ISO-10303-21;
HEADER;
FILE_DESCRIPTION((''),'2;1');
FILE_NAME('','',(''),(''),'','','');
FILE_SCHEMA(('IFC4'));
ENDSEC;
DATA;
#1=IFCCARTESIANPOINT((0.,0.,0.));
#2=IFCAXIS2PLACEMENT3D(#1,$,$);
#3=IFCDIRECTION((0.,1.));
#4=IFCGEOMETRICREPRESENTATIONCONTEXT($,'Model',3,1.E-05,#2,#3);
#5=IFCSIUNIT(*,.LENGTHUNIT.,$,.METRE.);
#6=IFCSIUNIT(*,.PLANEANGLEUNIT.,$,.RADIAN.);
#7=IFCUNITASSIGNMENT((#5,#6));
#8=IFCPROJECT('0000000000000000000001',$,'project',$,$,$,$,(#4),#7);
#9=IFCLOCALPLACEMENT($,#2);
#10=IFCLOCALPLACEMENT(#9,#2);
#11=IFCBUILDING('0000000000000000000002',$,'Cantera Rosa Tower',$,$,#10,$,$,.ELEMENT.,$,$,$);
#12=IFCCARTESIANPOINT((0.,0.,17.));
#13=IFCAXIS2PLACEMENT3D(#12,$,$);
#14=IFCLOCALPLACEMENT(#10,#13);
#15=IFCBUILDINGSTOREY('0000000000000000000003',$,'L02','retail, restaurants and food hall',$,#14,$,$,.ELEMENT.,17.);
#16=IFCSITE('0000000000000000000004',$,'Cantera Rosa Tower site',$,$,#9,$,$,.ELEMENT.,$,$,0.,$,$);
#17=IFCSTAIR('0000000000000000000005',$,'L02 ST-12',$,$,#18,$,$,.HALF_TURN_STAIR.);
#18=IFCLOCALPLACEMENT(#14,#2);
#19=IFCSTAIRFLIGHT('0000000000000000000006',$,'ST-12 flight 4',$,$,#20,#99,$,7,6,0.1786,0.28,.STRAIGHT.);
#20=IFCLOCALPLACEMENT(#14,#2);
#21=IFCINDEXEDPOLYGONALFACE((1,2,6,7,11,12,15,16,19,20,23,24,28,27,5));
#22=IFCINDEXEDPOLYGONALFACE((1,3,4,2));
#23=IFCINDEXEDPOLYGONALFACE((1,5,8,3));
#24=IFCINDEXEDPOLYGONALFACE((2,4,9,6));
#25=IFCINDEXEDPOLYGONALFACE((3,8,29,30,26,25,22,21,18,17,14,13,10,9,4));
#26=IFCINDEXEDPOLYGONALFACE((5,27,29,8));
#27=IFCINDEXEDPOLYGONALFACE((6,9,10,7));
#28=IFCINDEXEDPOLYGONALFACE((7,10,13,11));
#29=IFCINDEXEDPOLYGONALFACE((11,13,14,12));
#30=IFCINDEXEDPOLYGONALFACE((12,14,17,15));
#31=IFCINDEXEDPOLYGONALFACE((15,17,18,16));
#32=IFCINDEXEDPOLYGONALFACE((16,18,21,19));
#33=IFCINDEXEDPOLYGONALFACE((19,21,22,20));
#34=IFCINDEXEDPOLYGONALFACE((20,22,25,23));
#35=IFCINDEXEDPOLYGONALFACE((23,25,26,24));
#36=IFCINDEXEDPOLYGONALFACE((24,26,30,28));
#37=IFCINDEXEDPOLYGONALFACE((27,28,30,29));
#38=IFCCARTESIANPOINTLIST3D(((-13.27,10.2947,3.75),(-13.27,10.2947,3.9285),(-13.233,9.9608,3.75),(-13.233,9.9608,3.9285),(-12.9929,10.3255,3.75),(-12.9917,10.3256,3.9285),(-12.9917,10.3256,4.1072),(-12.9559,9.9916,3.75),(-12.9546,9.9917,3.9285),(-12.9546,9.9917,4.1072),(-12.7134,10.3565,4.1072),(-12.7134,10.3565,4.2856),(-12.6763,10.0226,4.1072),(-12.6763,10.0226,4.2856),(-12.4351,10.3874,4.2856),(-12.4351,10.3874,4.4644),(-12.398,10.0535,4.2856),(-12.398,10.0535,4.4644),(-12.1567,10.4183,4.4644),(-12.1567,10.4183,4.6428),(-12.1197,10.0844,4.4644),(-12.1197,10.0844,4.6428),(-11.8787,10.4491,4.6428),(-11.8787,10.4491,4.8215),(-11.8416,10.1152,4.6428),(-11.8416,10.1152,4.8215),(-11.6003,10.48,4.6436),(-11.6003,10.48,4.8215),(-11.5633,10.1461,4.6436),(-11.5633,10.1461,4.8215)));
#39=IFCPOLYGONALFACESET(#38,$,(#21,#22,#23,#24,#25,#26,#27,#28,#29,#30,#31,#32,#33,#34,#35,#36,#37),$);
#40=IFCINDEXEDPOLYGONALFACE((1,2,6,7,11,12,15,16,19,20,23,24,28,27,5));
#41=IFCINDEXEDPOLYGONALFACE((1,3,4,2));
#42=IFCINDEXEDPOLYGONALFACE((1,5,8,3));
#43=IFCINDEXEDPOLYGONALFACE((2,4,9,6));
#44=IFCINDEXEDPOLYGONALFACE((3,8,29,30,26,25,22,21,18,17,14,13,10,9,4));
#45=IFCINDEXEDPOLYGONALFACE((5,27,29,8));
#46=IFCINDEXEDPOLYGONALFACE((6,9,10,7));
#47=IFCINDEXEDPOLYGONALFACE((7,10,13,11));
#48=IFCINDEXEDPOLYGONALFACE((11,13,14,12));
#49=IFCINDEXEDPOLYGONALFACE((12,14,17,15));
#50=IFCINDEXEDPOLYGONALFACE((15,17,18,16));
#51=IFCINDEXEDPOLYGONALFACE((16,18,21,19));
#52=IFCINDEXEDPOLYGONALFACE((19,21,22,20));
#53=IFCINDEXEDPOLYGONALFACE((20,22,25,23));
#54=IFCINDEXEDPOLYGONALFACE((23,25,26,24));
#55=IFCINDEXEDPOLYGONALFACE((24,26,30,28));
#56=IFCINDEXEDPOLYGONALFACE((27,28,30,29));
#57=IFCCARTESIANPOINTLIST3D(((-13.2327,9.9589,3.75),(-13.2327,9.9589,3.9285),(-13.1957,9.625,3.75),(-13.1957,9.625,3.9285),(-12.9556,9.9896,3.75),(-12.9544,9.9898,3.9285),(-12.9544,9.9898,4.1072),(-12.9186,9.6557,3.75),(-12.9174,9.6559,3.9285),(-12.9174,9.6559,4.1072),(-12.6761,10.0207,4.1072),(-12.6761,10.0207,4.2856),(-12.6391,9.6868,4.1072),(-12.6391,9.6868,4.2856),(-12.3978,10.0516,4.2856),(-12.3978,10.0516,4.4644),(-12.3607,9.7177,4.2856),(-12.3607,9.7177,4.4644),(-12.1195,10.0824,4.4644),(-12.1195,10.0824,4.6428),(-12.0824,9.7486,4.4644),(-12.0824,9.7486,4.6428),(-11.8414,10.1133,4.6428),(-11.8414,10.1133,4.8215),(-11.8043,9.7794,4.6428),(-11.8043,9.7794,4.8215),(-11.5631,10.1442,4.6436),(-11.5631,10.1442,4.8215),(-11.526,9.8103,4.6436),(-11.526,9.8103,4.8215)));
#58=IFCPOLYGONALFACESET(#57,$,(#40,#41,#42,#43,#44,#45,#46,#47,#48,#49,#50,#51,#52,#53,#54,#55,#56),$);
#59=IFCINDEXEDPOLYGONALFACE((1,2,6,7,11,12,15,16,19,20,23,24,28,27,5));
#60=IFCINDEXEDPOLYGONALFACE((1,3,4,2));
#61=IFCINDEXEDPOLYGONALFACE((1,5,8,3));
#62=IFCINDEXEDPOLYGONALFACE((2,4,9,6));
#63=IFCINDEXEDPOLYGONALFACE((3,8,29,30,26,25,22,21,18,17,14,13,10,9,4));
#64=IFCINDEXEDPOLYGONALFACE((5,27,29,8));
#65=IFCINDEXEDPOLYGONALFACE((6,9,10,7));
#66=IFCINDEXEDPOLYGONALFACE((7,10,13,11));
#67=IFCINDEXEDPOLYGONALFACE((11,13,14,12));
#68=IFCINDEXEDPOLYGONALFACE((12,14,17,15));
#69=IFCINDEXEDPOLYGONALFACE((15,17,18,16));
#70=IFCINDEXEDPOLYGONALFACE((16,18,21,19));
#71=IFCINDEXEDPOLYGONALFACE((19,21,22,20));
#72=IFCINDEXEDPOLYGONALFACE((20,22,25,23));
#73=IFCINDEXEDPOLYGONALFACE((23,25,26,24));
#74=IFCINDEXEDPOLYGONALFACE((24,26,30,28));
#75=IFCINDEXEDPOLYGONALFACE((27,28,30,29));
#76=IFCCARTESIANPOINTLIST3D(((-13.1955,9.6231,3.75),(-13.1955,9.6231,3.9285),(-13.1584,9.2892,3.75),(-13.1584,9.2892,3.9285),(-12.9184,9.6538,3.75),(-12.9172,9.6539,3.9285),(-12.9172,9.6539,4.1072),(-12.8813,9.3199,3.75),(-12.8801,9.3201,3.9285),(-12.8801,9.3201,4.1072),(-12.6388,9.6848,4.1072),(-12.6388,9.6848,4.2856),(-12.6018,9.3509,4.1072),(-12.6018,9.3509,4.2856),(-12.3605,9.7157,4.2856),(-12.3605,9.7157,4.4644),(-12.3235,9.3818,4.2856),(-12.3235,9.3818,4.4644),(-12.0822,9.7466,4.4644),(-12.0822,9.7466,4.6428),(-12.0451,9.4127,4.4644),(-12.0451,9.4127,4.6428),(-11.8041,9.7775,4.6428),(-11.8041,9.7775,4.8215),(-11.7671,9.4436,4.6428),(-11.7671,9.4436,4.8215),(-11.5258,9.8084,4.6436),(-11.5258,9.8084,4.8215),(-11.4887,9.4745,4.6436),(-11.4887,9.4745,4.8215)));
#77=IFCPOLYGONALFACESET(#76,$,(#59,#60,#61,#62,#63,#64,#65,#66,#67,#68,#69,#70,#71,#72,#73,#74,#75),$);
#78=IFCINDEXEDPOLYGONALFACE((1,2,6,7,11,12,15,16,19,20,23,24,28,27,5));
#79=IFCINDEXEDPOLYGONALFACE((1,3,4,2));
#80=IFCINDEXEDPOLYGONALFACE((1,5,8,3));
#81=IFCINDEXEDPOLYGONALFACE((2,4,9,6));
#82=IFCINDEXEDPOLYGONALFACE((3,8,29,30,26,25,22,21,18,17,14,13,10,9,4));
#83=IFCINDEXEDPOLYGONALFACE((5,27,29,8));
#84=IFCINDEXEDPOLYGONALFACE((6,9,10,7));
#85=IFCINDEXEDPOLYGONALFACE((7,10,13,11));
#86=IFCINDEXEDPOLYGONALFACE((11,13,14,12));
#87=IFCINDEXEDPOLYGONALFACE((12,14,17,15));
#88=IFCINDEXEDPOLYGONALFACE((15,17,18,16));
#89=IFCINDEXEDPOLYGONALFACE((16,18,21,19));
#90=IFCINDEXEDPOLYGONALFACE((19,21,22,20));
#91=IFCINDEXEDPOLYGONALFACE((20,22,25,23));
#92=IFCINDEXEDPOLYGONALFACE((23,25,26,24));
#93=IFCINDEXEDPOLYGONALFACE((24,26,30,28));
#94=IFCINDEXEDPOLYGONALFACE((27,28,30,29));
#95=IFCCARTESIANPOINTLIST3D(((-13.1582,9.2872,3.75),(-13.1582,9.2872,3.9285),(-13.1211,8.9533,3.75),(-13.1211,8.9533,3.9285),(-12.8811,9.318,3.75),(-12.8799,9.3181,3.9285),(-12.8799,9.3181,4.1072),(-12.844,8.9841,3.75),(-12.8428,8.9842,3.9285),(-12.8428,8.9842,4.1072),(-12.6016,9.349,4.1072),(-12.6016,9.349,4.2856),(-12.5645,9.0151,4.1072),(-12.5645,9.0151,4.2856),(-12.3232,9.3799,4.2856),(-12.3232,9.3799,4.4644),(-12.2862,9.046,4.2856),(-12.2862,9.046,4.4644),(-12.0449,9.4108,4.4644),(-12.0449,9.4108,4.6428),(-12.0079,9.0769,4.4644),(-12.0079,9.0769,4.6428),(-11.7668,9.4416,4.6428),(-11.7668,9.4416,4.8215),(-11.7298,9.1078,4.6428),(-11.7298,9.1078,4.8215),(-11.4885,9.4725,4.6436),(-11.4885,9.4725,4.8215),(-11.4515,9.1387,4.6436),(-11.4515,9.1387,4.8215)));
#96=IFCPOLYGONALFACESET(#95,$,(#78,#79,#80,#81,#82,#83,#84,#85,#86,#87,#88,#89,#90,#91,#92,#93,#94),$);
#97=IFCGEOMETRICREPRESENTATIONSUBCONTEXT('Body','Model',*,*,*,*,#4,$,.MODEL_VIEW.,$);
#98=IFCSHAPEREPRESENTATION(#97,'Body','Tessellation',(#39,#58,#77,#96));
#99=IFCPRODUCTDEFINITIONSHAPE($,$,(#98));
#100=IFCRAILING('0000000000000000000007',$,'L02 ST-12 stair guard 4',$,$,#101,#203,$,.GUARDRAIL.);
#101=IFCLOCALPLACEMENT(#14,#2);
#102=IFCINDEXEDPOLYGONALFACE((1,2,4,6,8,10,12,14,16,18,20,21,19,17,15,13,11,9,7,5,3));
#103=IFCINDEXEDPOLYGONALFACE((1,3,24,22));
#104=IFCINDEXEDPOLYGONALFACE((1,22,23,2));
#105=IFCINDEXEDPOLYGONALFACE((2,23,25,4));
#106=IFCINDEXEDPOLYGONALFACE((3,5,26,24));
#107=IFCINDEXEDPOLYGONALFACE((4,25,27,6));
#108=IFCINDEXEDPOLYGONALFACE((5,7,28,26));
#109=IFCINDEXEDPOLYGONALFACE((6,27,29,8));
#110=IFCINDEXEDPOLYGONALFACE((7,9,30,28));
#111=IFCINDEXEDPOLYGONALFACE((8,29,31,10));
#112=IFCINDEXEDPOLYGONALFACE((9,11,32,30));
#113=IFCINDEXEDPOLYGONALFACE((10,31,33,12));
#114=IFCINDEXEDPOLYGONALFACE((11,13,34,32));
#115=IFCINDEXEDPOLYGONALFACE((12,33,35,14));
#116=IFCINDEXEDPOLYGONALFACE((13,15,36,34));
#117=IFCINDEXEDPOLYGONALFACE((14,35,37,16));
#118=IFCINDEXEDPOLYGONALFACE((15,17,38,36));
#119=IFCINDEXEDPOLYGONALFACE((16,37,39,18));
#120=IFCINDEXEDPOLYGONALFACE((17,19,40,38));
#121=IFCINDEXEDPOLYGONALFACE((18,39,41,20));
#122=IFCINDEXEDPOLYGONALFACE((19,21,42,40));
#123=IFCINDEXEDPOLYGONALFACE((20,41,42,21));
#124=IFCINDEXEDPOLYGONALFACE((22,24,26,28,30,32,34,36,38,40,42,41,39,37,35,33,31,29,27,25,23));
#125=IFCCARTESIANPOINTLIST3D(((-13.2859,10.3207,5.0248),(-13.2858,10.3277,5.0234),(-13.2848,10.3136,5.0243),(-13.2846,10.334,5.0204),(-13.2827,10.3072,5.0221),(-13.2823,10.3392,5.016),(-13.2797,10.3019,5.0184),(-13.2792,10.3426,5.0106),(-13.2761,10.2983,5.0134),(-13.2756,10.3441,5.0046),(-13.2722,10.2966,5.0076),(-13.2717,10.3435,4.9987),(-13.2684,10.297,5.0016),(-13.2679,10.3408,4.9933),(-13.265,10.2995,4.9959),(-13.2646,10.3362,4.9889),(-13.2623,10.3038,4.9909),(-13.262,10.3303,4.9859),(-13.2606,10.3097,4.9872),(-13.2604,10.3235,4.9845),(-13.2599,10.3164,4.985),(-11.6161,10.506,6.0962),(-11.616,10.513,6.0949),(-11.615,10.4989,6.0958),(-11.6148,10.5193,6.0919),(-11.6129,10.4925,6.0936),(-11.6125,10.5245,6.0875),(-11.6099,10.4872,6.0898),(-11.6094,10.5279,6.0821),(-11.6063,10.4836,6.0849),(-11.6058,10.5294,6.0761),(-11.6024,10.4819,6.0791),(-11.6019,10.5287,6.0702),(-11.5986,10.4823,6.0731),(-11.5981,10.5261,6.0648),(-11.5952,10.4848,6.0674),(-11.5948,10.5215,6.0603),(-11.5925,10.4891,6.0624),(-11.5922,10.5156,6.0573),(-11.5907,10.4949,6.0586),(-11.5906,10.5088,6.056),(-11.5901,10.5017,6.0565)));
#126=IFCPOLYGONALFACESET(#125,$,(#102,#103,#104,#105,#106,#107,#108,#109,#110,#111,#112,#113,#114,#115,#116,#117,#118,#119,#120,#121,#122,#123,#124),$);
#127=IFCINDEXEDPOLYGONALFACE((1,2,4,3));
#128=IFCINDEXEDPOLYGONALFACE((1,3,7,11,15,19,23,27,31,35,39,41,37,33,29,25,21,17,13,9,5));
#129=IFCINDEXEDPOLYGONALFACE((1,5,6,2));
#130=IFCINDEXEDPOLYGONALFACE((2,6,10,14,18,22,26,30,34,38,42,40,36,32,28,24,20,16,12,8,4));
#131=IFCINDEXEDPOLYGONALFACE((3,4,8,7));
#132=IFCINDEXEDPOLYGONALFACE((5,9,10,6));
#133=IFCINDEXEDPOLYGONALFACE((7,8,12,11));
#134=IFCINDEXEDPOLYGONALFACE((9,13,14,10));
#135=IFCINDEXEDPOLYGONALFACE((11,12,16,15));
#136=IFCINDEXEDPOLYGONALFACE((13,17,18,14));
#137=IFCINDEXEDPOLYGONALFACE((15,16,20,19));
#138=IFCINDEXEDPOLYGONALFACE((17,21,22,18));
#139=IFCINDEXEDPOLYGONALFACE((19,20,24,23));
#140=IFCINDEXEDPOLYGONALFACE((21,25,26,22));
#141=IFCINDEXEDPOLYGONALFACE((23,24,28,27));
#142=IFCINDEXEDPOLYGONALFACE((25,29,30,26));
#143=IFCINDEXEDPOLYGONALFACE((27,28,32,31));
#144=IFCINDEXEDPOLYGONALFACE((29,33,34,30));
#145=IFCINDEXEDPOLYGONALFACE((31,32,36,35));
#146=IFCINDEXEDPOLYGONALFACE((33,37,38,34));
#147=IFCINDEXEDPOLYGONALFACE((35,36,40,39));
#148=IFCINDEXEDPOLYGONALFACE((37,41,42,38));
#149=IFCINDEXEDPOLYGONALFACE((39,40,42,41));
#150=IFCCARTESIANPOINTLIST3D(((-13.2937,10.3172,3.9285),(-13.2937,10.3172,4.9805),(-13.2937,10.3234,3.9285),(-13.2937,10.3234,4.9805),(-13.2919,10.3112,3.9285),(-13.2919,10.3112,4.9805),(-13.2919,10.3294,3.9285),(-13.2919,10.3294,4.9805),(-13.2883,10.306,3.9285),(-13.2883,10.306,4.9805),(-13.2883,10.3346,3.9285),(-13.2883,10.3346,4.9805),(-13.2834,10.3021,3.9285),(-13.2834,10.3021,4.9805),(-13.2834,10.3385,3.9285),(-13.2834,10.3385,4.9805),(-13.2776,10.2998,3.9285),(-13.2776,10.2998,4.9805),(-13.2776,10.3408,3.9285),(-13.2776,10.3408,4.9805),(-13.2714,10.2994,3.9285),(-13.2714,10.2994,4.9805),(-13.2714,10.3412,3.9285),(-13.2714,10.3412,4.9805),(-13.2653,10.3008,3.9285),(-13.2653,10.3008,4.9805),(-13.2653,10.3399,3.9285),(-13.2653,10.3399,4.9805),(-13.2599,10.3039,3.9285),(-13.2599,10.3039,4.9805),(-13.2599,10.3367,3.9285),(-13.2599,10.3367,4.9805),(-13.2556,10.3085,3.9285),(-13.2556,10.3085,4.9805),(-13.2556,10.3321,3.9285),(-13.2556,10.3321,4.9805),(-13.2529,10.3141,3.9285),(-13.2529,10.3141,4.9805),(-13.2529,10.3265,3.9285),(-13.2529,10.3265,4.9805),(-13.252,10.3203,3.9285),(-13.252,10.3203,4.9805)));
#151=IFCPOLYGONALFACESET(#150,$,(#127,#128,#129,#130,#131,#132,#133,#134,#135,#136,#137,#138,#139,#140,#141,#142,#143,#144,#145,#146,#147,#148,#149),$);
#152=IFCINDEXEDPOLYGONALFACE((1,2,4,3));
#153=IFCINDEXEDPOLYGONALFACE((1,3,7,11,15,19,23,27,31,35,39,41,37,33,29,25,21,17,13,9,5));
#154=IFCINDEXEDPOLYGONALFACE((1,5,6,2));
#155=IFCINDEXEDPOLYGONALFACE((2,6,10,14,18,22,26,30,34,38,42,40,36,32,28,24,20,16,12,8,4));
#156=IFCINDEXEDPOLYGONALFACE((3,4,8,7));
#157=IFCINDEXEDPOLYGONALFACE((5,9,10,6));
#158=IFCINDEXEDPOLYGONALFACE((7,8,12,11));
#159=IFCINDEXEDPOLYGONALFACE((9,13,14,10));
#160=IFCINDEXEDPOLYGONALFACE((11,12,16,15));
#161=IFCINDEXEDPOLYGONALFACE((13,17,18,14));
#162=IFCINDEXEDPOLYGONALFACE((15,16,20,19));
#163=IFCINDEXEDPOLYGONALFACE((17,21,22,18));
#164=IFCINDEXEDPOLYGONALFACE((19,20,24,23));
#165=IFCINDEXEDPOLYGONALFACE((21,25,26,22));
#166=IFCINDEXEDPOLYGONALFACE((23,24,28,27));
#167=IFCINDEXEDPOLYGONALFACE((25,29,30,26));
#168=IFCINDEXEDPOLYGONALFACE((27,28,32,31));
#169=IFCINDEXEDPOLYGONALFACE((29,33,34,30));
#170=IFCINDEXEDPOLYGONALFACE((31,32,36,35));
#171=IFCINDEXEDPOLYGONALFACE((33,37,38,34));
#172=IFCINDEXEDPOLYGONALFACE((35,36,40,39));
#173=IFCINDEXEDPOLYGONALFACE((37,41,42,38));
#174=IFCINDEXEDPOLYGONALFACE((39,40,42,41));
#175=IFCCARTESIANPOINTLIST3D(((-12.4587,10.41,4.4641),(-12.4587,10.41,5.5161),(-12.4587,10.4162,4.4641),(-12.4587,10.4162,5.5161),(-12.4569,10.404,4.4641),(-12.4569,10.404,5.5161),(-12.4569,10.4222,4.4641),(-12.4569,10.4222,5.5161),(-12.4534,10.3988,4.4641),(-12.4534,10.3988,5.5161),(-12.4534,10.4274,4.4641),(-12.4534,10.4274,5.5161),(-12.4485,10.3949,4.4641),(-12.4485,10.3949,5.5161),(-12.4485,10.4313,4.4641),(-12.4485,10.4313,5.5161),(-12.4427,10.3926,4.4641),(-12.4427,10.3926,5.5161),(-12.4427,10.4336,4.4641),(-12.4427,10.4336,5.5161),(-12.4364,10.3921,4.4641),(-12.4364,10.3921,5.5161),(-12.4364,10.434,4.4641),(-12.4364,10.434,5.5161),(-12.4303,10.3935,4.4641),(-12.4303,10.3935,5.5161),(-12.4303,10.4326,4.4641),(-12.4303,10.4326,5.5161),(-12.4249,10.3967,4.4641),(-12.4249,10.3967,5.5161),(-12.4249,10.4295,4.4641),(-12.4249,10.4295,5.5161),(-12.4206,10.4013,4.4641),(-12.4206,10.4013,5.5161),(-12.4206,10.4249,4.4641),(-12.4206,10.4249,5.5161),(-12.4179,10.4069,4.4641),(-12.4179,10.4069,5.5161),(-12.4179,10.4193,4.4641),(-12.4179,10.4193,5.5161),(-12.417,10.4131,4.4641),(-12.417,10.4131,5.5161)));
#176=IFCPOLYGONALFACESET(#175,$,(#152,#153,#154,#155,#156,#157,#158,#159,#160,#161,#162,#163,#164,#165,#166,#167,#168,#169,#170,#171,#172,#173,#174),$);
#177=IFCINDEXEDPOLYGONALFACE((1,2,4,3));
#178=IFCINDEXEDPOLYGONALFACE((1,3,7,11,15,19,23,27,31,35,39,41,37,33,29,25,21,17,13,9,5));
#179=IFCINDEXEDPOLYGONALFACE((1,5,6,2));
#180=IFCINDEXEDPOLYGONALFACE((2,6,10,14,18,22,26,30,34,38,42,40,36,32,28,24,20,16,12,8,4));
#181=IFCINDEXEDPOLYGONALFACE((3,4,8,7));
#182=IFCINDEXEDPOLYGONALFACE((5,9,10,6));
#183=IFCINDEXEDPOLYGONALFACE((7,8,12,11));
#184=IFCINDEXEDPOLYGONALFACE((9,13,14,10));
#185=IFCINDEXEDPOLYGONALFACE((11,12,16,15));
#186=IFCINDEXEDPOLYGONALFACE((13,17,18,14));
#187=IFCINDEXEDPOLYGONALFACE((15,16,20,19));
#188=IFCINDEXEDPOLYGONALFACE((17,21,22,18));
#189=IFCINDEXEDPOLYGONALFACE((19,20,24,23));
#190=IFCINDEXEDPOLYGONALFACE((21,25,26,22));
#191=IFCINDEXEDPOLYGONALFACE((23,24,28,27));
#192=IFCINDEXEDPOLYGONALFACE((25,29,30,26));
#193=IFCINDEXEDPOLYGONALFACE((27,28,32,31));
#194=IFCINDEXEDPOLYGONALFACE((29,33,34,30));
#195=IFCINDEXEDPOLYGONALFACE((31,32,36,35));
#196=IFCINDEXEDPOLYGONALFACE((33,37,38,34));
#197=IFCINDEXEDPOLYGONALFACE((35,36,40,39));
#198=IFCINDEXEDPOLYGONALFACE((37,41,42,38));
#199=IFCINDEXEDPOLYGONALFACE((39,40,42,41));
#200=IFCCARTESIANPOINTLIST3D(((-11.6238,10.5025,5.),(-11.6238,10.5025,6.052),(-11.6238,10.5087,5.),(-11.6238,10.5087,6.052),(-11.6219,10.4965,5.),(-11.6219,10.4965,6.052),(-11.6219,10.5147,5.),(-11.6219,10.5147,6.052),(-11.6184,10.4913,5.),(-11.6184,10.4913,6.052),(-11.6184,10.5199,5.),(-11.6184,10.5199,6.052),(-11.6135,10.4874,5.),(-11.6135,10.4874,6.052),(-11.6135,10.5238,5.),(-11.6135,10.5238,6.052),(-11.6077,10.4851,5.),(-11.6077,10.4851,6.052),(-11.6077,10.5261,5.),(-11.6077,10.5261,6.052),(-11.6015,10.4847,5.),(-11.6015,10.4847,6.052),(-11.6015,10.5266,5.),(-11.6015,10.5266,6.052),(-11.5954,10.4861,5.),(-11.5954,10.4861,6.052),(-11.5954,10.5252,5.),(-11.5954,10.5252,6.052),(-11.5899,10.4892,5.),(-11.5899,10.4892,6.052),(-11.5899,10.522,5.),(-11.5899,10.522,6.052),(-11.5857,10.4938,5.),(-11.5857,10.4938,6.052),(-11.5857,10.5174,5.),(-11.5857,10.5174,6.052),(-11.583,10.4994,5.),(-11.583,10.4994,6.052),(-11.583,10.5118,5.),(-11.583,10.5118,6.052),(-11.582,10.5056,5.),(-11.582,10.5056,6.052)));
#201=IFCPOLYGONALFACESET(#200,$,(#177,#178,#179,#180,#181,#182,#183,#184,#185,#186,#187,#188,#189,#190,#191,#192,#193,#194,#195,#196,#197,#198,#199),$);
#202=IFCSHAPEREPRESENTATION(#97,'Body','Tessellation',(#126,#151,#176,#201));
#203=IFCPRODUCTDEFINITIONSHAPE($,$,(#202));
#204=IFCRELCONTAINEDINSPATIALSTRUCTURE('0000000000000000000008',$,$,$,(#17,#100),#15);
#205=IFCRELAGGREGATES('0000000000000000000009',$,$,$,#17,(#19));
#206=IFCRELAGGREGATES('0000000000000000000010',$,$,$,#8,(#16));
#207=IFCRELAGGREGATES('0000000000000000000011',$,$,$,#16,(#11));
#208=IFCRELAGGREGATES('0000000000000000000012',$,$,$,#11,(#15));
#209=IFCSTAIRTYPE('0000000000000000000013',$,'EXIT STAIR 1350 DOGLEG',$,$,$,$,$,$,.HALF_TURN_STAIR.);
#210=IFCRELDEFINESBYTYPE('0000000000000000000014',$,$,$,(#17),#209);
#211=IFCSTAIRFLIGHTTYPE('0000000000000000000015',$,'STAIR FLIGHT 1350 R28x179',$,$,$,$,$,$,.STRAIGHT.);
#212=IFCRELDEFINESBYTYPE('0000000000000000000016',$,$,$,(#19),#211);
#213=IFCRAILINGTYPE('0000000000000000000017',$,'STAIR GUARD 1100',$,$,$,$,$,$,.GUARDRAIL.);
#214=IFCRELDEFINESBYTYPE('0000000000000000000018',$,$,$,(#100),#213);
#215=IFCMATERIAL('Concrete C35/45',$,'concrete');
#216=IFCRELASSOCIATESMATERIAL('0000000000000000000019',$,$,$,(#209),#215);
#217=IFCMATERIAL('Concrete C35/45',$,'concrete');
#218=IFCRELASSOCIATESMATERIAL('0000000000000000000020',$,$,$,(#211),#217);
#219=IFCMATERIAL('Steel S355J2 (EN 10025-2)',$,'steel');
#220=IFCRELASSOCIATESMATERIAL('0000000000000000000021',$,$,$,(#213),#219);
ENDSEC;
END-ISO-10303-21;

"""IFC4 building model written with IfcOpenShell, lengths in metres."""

from ifc_helpers import new_model, si_unit, direction, frame, origin, origin_2d, place, context, subcontext, project, spatial, polyline, circle, outline, extrude, material, type_object, element, aggregate, save


model = new_model("IFC4")

# Units and contexts
model_context = context("Model", 3, precision=1e-05, world=origin(), true_north=direction((0.0, 1.0)))
body_context = subcontext(model_context, "Body", "Model", "MODEL_VIEW")
ifc_project = project(units=[si_unit("LENGTHUNIT", "METRE"), si_unit("PLANEANGLEUNIT", "RADIAN")], contexts=[model_context])

# Site, building, storey
site_placement = place(None, origin())
site = spatial("IfcSite", under=ifc_project, at=site_placement, Name="Cantera Rosa Tower site", CompositionType="ELEMENT", RefElevation=0.0)
building_placement = place(site_placement, origin())
building = spatial("IfcBuilding", under=site, at=building_placement, Name="Cantera Rosa Tower", CompositionType="ELEMENT")
storey_placement = place(building_placement, frame((0.0, 0.0, 17.0)))
storey = spatial("IfcBuildingStorey", under=building, at=storey_placement, Name="L02", Description="retail, restaurants and food hall", CompositionType="ELEMENT", Elevation=17.0)

# Stair, stair flight
ifc_material_1 = material(Name="Concrete C35/45", Category="concrete")
stair_type = type_object("IfcStairType", Name="EXIT STAIR 1350 DOGLEG", PredefinedType="HALF_TURN_STAIR", material=ifc_material_1)
stair_placement = place(storey_placement, origin())
stair = element("IfcStair", 1, at=stair_placement, inside=storey, type_object=stair_type, Name="L02 ST-12", PredefinedType="HALF_TURN_STAIR")
ifc_material_2 = material(Name="Concrete C35/45", Category="concrete")
stair_flight_type = type_object("IfcStairFlightType", Name="STAIR FLIGHT 1350 R28x179", PredefinedType="STRAIGHT", material=ifc_material_2)
stair_flight_1_placement = place(storey_placement, frame((-13.1956, 9.6238, 3.75), z_axis=(0.0, 0.0, 1.0), x_axis=(0.993897, 0.110313, 0.0)))
stair_flight_1 = element("IfcStairFlight", 2, at=stair_flight_1_placement, type_object=stair_flight_type, Name="ST-12 flight 4", NumberOfRisers=7, NumberOfTreads=6, PredefinedType="STRAIGHT", RiserHeight=0.1786, TreadLength=0.28, context=body_context, shape_type="SweptSolid", body=[
    extrude(outline(polyline([(0.0, 0.0), (0.0, 0.1785), (0.28, 0.1785), (0.28, 0.3572), (0.5601, 0.3572), (0.5601, 0.5356), (0.8401, 0.5356), (0.8401, 0.7144), (1.1201, 0.7144), (1.1201, 0.8928), (1.3999, 0.8928), (1.3999, 1.0715), (1.6799, 1.0715), (1.6799, 1.25), (1.6799, 0.8936), (0.2788, 0.0), (0.0, 0.0)])), frame((0.0, 0.675, 0.0), z_axis=(0.0, -1.0, 0.0), x_axis=(1.0, 0.0, 0.0)), (0.0, 0.0, 1.0), 0.3359),
    extrude(outline(polyline([(0.0, 0.0), (0.0, 0.1785), (0.28, 0.1785), (0.28, 0.3572), (0.5601, 0.3572), (0.5601, 0.5356), (0.8401, 0.5356), (0.8401, 0.7144), (1.1201, 0.7144), (1.1201, 0.8928), (1.3999, 0.8928), (1.3999, 1.0715), (1.6799, 1.0715), (1.6799, 1.25), (1.6799, 0.8936), (0.2788, 0.0), (0.0, 0.0)])), frame((0.0, 0.3372, 0.0), z_axis=(0.0, -1.0, 0.0), x_axis=(1.0, 0.0, 0.0)), (0.0, 0.0, 1.0), 0.3359),
    extrude(outline(polyline([(0.0, 0.0), (0.0, 0.1785), (0.28, 0.1785), (0.28, 0.3572), (0.5601, 0.3572), (0.5601, 0.5356), (0.8401, 0.5356), (0.8401, 0.7144), (1.1201, 0.7144), (1.1201, 0.8928), (1.3999, 0.8928), (1.3999, 1.0715), (1.6799, 1.0715), (1.6799, 1.25), (1.6799, 0.8936), (0.2788, 0.0), (0.0, 0.0)])), frame((0.0, -0.0007, 0.0), z_axis=(0.0, -1.0, 0.0), x_axis=(1.0, 0.0, 0.0)), (0.0, 0.0, 1.0), 0.3359),
    extrude(outline(polyline([(0.0, 0.0), (0.0, 0.1785), (0.28, 0.1785), (0.28, 0.3572), (0.5601, 0.3572), (0.5601, 0.5356), (0.8401, 0.5356), (0.8401, 0.7144), (1.1201, 0.7144), (1.1201, 0.8928), (1.3999, 0.8928), (1.3999, 1.0715), (1.6799, 1.0715), (1.6799, 1.25), (1.6799, 0.8936), (0.2788, 0.0), (0.0, 0.0)])), frame((0.0, -0.3386, 0.0), z_axis=(0.0, -1.0, 0.0), x_axis=(1.0, 0.0, 0.0)), (0.0, 0.0, 1.0), 0.3359),
])
aggregate(stair, [stair_flight_1])

# Railing
ifc_material_3 = material(Name="Steel S355J2 (EN 10025-2)", Category="steel")
railing_type_1 = type_object("IfcRailingType", Name="STAIR GUARD 1100", PredefinedType="GUARDRAIL", material=ifc_material_3)
railing_1_placement = place(storey_placement, frame((-13.2729, 10.3203, 3.9285)))
element("IfcRailing", 3, at=railing_1_placement, inside=storey, type_object=railing_type_1, Name="L02 ST-12 stair guard 4", PredefinedType="GUARDRAIL", context=body_context, shape_type="SweptSolid", body=[
    extrude(circle(Radius=0.0239, at=origin_2d()), frame((0.0, 0.0, 1.0762), z_axis=(0.837987, 0.092987, 0.537709), x_axis=(-0.110288, 0.9939, 0.0)), (0.0, 0.0, 1.0), 1.9927),
    extrude(circle(Radius=0.021, at=origin_2d()), origin(), (0.0, 0.0, 1.0), 1.052),
    extrude(circle(Radius=0.021, at=origin_2d()), frame((0.835, 0.0928, 0.5356)), (0.0, 0.0, 1.0), 1.052),
    extrude(circle(Radius=0.021, at=origin_2d()), frame((1.6699, 0.1853, 1.0715)), (0.0, 0.0, 1.0), 1.052),
])

save(model, "model.ifc")
